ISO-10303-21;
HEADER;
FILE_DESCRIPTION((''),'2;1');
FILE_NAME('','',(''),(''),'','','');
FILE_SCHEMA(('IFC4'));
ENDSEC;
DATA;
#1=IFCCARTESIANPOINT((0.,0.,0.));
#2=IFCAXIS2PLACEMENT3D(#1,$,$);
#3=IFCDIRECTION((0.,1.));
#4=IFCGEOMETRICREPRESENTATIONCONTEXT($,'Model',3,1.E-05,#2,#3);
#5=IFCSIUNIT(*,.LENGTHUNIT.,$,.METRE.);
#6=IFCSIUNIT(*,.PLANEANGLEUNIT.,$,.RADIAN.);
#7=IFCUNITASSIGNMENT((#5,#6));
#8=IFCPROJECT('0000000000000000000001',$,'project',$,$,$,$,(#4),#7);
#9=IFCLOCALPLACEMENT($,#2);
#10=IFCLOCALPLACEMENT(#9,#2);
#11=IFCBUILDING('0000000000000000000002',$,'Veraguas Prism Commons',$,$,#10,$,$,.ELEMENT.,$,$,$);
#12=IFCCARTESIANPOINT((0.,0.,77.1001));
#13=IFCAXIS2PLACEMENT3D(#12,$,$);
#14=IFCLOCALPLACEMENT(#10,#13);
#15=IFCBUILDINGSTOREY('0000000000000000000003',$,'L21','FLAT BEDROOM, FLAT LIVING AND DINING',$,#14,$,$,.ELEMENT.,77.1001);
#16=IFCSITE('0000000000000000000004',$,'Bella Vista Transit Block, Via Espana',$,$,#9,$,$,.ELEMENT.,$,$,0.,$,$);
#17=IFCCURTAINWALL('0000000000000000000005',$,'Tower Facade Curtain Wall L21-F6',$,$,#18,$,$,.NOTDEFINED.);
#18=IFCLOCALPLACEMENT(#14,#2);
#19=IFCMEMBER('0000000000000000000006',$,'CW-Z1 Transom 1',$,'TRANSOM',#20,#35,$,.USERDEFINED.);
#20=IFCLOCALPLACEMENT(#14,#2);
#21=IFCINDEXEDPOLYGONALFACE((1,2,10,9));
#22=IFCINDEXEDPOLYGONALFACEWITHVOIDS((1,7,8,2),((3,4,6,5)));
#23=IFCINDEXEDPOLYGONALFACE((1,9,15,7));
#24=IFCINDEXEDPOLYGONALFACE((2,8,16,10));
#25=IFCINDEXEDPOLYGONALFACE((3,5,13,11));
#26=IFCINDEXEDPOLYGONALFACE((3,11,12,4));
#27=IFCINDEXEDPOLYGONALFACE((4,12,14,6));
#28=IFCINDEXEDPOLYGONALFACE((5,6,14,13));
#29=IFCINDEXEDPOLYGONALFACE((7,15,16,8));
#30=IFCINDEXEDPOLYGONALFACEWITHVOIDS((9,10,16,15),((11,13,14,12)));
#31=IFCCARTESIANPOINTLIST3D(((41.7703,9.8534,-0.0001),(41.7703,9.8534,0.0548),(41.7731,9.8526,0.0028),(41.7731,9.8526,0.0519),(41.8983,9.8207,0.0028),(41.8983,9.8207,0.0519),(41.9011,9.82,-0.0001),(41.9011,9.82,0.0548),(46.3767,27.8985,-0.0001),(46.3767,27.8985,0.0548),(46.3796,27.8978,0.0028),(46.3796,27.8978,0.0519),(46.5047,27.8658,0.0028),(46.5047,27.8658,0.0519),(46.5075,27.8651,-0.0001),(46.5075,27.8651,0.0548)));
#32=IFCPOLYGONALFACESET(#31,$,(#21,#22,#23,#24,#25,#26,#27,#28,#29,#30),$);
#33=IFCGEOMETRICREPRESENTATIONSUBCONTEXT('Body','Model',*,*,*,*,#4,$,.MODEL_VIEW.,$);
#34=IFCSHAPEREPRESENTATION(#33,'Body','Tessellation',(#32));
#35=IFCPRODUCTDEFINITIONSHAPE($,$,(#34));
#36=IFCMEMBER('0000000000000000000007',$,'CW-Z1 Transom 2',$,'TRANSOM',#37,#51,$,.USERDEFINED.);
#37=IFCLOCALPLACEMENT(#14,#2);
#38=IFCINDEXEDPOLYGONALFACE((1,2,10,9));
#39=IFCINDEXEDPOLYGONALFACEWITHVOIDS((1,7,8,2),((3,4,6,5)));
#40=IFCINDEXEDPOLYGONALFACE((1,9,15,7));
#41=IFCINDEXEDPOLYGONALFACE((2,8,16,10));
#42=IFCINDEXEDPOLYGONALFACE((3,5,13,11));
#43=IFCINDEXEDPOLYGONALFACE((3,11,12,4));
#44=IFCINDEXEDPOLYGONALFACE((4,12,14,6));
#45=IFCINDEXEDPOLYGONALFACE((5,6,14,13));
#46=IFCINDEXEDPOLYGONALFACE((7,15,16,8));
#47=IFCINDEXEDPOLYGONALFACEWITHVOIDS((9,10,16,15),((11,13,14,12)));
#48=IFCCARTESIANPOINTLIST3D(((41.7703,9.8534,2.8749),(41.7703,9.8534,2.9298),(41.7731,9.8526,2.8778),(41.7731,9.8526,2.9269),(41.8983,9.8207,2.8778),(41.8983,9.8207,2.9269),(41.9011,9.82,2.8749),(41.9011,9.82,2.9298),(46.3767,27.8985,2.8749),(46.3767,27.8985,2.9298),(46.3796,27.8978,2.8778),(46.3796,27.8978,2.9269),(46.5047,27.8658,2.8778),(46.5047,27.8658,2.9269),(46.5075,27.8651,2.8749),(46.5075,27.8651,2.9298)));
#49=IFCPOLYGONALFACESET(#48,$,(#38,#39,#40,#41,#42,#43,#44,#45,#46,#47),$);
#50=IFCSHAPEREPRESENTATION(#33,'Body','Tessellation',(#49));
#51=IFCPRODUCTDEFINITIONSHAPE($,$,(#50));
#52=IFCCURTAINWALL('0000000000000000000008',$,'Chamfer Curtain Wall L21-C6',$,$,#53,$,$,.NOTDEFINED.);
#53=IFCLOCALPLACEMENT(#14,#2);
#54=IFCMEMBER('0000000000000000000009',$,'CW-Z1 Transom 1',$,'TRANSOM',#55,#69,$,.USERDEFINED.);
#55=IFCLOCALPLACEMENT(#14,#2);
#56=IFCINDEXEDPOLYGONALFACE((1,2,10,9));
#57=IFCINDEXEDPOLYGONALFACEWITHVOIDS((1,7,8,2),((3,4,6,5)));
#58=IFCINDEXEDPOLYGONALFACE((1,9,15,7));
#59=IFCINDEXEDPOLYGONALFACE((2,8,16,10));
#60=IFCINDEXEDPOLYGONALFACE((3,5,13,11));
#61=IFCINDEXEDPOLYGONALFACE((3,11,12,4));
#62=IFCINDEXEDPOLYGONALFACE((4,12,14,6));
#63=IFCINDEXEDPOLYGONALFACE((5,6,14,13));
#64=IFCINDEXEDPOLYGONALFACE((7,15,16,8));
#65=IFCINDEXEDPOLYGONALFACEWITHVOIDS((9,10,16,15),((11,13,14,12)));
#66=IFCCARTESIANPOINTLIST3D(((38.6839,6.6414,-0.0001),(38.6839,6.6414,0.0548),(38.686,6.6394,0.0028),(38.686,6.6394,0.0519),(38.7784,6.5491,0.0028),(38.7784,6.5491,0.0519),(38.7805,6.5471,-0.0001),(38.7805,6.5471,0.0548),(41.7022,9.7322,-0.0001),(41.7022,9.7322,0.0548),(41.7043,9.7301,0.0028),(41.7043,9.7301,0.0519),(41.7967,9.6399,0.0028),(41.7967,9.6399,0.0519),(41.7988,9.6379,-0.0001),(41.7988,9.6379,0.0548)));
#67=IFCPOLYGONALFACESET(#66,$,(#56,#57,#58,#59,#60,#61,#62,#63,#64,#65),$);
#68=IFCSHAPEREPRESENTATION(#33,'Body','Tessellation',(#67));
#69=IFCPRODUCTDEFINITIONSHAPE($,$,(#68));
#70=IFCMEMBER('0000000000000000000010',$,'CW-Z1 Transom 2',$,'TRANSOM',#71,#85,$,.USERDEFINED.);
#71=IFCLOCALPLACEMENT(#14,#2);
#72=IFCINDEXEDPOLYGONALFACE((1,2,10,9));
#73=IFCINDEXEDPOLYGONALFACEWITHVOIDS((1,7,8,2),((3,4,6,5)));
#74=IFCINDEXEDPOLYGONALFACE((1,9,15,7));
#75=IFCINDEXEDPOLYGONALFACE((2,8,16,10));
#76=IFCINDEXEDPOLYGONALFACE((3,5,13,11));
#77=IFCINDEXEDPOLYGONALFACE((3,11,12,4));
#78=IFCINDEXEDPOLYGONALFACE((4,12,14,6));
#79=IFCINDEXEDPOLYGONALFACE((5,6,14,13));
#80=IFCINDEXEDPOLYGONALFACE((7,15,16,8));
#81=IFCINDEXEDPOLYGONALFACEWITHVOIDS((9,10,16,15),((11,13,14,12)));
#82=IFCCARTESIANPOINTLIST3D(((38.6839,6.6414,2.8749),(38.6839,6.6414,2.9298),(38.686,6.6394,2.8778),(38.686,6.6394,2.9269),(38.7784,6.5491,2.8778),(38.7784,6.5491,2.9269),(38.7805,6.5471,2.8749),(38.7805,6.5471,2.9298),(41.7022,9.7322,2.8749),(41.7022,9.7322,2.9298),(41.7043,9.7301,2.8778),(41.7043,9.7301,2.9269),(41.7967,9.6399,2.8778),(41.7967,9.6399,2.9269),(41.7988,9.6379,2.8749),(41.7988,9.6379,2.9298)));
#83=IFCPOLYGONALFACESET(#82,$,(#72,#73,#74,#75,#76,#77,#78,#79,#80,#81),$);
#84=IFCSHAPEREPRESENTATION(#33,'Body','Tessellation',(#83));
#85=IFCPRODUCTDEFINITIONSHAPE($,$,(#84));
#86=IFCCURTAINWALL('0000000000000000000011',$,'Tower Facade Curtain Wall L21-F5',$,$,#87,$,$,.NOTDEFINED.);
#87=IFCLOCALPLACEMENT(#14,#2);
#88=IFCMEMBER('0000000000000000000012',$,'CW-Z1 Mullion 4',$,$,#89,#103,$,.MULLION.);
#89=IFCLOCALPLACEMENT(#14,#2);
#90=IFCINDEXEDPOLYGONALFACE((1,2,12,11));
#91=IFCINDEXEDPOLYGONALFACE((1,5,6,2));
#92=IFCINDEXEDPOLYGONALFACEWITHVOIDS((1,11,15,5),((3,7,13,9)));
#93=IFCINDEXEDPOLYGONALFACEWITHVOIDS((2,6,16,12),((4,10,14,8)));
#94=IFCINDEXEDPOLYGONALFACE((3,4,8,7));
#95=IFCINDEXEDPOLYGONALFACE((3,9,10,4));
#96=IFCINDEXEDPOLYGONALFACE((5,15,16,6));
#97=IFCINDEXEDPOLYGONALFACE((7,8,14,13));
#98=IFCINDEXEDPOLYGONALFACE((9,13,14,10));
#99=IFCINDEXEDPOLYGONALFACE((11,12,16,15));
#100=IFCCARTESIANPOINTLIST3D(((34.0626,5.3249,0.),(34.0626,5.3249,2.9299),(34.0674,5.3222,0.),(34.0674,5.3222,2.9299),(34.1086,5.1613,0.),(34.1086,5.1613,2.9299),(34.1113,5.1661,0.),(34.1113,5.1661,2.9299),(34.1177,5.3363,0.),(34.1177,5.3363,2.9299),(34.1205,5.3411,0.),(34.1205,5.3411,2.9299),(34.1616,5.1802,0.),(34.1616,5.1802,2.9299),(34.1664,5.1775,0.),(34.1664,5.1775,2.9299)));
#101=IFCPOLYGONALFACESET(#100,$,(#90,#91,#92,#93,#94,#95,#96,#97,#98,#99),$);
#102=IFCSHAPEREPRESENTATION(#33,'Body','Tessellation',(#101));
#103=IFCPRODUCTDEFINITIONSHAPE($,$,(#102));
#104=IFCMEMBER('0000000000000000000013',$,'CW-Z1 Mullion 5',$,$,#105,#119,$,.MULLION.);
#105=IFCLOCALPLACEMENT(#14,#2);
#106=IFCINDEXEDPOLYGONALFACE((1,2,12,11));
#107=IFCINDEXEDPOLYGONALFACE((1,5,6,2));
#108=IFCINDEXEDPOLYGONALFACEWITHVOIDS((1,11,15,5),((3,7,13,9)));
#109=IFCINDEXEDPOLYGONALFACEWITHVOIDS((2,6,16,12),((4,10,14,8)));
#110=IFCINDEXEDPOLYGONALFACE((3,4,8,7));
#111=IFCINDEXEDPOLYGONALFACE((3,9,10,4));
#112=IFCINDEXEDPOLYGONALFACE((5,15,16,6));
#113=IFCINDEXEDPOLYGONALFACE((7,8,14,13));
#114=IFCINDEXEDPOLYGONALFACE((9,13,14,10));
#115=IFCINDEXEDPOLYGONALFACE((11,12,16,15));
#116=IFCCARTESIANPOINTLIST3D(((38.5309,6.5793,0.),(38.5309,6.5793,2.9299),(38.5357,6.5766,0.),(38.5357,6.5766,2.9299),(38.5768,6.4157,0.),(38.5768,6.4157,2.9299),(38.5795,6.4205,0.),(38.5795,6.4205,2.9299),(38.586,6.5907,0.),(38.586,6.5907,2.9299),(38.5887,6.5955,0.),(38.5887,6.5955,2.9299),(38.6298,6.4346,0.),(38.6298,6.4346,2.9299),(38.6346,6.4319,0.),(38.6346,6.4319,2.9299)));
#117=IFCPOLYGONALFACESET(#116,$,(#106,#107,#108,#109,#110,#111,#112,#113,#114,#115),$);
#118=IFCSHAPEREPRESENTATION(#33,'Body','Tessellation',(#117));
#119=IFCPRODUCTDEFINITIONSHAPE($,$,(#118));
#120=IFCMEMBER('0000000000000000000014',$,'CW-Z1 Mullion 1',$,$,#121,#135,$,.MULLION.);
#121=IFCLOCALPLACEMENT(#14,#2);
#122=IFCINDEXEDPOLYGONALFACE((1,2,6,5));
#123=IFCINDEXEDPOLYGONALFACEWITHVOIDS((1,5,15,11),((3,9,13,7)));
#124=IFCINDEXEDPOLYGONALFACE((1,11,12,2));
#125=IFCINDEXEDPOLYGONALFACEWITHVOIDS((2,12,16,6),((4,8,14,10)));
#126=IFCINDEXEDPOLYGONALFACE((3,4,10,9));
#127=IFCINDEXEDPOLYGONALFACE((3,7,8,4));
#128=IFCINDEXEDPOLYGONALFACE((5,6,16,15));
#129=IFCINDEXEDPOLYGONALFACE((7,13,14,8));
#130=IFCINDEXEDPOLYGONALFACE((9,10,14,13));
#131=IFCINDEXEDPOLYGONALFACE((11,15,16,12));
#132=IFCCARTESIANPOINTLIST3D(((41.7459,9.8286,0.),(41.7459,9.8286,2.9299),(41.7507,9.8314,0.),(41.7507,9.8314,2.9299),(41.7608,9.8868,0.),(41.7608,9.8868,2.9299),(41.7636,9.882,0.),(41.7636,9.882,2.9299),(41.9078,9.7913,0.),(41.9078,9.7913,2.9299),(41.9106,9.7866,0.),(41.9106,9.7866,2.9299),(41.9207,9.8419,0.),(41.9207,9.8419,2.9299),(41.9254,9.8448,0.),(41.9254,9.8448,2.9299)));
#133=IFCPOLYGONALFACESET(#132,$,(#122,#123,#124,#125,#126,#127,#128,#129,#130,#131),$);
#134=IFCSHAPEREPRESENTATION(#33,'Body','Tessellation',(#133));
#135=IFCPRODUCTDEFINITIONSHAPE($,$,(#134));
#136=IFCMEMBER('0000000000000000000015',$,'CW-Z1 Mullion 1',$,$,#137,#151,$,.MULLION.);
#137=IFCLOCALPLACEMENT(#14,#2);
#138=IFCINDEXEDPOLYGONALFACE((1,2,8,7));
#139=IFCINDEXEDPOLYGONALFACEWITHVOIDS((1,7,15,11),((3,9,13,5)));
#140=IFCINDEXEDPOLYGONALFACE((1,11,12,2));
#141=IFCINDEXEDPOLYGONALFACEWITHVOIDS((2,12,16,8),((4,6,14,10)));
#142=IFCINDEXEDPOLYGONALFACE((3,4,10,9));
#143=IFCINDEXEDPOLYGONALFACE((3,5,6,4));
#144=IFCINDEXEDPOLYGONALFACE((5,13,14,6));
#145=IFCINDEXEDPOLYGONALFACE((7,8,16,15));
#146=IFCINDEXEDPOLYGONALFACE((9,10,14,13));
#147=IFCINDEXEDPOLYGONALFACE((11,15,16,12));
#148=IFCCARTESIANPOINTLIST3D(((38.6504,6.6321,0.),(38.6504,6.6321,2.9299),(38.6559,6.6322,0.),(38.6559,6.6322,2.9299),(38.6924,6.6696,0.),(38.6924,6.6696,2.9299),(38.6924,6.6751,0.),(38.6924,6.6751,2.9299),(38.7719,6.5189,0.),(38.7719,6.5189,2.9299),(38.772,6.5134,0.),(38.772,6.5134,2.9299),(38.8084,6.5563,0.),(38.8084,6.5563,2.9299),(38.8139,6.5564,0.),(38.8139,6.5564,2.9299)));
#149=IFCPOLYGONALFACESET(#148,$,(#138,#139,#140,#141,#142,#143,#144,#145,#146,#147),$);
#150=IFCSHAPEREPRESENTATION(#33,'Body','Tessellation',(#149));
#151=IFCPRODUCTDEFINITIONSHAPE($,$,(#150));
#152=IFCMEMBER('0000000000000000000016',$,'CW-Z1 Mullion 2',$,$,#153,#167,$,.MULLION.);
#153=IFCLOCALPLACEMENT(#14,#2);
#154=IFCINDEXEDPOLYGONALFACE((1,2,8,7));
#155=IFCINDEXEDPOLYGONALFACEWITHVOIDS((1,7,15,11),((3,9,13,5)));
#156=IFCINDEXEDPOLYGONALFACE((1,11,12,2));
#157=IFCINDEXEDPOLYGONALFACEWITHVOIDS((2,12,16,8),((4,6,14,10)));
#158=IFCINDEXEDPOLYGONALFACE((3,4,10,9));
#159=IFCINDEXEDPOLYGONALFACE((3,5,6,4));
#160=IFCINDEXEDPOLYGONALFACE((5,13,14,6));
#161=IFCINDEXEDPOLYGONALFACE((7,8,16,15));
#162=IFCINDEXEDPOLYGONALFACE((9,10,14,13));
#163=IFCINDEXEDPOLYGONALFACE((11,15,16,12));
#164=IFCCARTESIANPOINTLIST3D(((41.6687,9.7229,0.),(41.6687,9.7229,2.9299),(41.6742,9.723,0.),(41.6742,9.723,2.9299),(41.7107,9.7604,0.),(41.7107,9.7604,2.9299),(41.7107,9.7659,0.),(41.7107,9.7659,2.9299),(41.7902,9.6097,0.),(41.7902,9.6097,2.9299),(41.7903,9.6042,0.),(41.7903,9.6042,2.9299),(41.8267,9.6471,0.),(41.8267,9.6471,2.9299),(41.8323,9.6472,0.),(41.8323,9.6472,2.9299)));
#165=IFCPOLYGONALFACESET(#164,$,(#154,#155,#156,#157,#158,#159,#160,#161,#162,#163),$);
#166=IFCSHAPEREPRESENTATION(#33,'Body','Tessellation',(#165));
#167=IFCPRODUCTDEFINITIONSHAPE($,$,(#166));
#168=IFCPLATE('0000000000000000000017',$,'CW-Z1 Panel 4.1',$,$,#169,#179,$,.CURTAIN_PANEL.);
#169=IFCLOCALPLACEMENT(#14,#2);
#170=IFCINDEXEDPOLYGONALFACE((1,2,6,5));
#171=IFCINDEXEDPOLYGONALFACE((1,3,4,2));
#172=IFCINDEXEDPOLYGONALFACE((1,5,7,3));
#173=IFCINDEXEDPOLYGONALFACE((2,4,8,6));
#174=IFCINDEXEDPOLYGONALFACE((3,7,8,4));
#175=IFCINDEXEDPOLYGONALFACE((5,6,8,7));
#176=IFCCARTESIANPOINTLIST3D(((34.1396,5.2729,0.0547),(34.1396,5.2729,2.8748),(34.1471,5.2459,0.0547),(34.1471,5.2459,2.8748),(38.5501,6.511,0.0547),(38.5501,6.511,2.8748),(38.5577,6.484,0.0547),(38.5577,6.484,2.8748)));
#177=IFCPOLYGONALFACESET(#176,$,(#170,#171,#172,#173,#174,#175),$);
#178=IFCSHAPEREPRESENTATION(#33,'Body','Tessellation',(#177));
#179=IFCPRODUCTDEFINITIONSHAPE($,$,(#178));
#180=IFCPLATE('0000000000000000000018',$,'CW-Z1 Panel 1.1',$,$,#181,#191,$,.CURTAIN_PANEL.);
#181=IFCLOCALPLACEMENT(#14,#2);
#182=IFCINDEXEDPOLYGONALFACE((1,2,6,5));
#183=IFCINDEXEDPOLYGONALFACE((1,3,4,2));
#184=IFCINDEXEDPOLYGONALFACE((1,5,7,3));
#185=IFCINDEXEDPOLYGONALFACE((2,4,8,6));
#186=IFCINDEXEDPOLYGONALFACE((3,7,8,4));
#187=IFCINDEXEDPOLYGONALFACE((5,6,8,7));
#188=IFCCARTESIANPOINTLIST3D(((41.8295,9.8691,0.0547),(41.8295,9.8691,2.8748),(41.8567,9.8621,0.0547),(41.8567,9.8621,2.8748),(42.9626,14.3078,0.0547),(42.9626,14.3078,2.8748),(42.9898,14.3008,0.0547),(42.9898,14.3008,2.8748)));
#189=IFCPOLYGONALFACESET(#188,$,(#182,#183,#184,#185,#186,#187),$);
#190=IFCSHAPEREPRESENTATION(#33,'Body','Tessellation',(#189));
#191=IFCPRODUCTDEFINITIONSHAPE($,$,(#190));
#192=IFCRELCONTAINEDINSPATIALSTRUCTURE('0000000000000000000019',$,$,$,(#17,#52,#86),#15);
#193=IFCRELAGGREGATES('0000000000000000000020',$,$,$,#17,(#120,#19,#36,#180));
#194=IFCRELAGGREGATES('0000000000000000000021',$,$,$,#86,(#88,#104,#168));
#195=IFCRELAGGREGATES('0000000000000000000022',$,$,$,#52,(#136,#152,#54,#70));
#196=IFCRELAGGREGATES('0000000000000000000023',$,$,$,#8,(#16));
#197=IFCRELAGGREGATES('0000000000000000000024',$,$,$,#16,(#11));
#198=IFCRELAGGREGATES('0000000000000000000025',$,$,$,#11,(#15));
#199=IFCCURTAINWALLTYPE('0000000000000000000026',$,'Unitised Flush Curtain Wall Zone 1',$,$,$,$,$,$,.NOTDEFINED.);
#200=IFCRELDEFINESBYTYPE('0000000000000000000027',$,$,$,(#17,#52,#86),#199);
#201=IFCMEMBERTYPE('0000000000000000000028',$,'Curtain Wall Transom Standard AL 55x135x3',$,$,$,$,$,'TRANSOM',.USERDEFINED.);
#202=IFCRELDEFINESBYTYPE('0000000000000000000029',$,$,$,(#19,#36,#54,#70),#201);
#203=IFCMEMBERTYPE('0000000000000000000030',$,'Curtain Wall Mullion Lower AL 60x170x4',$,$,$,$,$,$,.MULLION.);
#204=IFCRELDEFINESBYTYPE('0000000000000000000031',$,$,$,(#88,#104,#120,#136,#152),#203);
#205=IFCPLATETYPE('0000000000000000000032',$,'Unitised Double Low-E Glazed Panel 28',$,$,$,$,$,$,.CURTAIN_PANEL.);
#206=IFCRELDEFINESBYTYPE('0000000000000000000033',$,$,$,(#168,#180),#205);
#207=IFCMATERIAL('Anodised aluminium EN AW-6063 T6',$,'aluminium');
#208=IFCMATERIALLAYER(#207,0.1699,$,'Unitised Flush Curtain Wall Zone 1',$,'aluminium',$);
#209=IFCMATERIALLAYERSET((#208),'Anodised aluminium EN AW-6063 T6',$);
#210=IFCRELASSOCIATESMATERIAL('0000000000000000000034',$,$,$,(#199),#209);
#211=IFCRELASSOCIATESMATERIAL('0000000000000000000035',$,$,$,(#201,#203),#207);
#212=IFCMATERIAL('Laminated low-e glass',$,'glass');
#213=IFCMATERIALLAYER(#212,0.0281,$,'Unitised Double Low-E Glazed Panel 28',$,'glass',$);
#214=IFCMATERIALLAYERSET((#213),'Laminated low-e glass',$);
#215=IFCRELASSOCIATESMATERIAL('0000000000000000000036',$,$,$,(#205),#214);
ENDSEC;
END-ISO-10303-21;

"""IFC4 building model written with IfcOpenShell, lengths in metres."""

from ifc_helpers import new_model, si_unit, direction, frame, origin, origin_2d, place, context, subcontext, project, spatial, rectangle, hollow_rectangle, extrude, source, transform, mapped, material, layer, layer_set, material_profile, profile_set, type_object, element, aggregate, save


model = new_model("IFC4")

# Units and contexts
model_context = context("Model", 3, precision=1e-05, world=origin(), true_north=direction((0.0, 1.0)))
body_context = subcontext(model_context, "Body", "Model", "MODEL_VIEW")
ifc_project = project(units=[si_unit("LENGTHUNIT", "METRE"), si_unit("PLANEANGLEUNIT", "RADIAN")], contexts=[model_context])

# Site, building, storey
site_placement = place(None, origin())
site = spatial("IfcSite", under=ifc_project, at=site_placement, Name="Bella Vista Transit Block, Via Espana", CompositionType="ELEMENT", RefElevation=0.0)
building_placement = place(site_placement, origin())
building = spatial("IfcBuilding", under=site, at=building_placement, Name="Veraguas Prism Commons", CompositionType="ELEMENT")
storey_placement = place(building_placement, frame((0.0, 0.0, 77.1001)))
storey = spatial("IfcBuildingStorey", under=building, at=storey_placement, Name="L21", Description="FLAT BEDROOM, FLAT LIVING AND DINING", CompositionType="ELEMENT", Elevation=77.1001)

# Curtain walls, members
ifc_material_1 = material(Name="Anodised aluminium EN AW-6063 T6", Category="aluminium")
ifc_layer_1 = layer(ifc_material_1, 0.1699, Name="Unitised Flush Curtain Wall Zone 1", Category="aluminium")
ifc_layer_set_1 = layer_set([ifc_layer_1], Name="Anodised aluminium EN AW-6063 T6")
curtain_wall_type = type_object("IfcCurtainWallType", Name="Unitised Flush Curtain Wall Zone 1", PredefinedType="NOTDEFINED", material=ifc_layer_set_1)
curtain_wall_1_placement = place(storey_placement, origin())
curtain_wall_1 = element("IfcCurtainWall", 1, at=curtain_wall_1_placement, inside=storey, type_object=curtain_wall_type, Name="Tower Facade Curtain Wall L21-F6", PredefinedType="NOTDEFINED")
ifc_material_profile_1 = material_profile(ifc_material_1, hollow_rectangle(XDim=0.0549, YDim=0.135, WallThickness=0.0029, at=origin_2d()), Name="AL55X135X3")
ifc_profile_set_1 = profile_set([ifc_material_profile_1], Name="Anodised aluminium EN AW-6063 T6")
member_type_1 = type_object("IfcMemberType", Name="Curtain Wall Transom Standard AL 55x135x3", ElementType="TRANSOM", PredefinedType="USERDEFINED", material=ifc_profile_set_1)
shared_shape_1 = source(origin(), body_context, "Body", "SweptSolid", [
    extrude(hollow_rectangle(XDim=0.0549, YDim=0.135, WallThickness=0.0029, at=origin_2d()), origin(), (0.0, 0.0, 1.0), 18.6238),
])
member_1_placement = place(storey_placement, frame((41.8357, 9.8367, 0.0273), z_axis=(0.247341, 0.968928, 0.0), x_axis=(0.0, 0.0, 1.0)))
member_1 = element("IfcMember", 2, at=member_1_placement, type_object=member_type_1, Name="CW-Z1 Transom 1", ObjectType="TRANSOM", PredefinedType="USERDEFINED", context=body_context, shape_type="MappedRepresentation", body=[
    mapped(shared_shape_1, transform((0.0, 0.0, 0.0), scale=1.0)),
])
member_2_placement = place(storey_placement, frame((41.8357, 9.8367, 2.9023), z_axis=(0.247341, 0.968928, 0.0), x_axis=(0.0, 0.0, 1.0)))
member_2 = element("IfcMember", 3, at=member_2_placement, type_object=member_type_1, Name="CW-Z1 Transom 2", ObjectType="TRANSOM", PredefinedType="USERDEFINED", context=body_context, shape_type="MappedRepresentation", body=[
    mapped(shared_shape_1, transform((0.0, 0.0, 0.0), scale=1.0)),
])
curtain_wall_2_placement = place(storey_placement, origin())
curtain_wall_2 = element("IfcCurtainWall", 4, at=curtain_wall_2_placement, inside=storey, type_object=curtain_wall_type, Name="Chamfer Curtain Wall L21-C6", PredefinedType="NOTDEFINED")
shared_shape_2 = source(origin(), body_context, "Body", "SweptSolid", [
    extrude(hollow_rectangle(XDim=0.0549, YDim=0.135, WallThickness=0.0029, at=origin_2d()), origin(), (0.0, 0.0, 1.0), 4.3201),
])
member_3_placement = place(storey_placement, frame((38.7322, 6.5942, 0.0273), z_axis=(0.698665, 0.715449, 0.0), x_axis=(0.0, 0.0, 1.0)))
member_3 = element("IfcMember", 5, at=member_3_placement, type_object=member_type_1, Name="CW-Z1 Transom 1", ObjectType="TRANSOM", PredefinedType="USERDEFINED", context=body_context, shape_type="MappedRepresentation", body=[
    mapped(shared_shape_2, transform((0.0, 0.0, 0.0), scale=1.0)),
])
member_4_placement = place(storey_placement, frame((38.7322, 6.5942, 2.9023), z_axis=(0.698665, 0.715449, 0.0), x_axis=(0.0, 0.0, 1.0)))
member_4 = element("IfcMember", 6, at=member_4_placement, type_object=member_type_1, Name="CW-Z1 Transom 2", ObjectType="TRANSOM", PredefinedType="USERDEFINED", context=body_context, shape_type="MappedRepresentation", body=[
    mapped(shared_shape_2, transform((0.0, 0.0, 0.0), scale=1.0)),
])
curtain_wall_3_placement = place(storey_placement, origin())
curtain_wall_3 = element("IfcCurtainWall", 7, at=curtain_wall_3_placement, inside=storey, type_object=curtain_wall_type, Name="Tower Facade Curtain Wall L21-F5", PredefinedType="NOTDEFINED")
ifc_material_profile_2 = material_profile(ifc_material_1, hollow_rectangle(XDim=0.0601, YDim=0.1699, WallThickness=0.0039, at=origin_2d()), Name="AL60X170X4")
ifc_profile_set_2 = profile_set([ifc_material_profile_2], Name="Anodised aluminium EN AW-6063 T6")
member_type_2 = type_object("IfcMemberType", Name="Curtain Wall Mullion Lower AL 60x170x4", PredefinedType="MULLION", material=ifc_profile_set_2)
shared_shape_3 = source(origin(), body_context, "Body", "SweptSolid", [
    extrude(hollow_rectangle(XDim=0.0601, YDim=0.1699, WallThickness=0.0039, at=origin_2d()), origin(), (0.0, 0.0, 1.0), 2.9299),
])
member_5_placement = place(storey_placement, frame((34.1145, 5.2512, 0.0), z_axis=(0.0, 0.0, 1.0), x_axis=(0.962786, 0.270266, 0.0)))
member_5 = element("IfcMember", 8, at=member_5_placement, type_object=member_type_2, Name="CW-Z1 Mullion 4", PredefinedType="MULLION", context=body_context, shape_type="MappedRepresentation", body=[
    mapped(shared_shape_3, transform((0.0, 0.0, 0.0), scale=1.0)),
])
member_6_placement = place(storey_placement, frame((38.5828, 6.5056, 0.0), z_axis=(0.0, 0.0, 1.0), x_axis=(0.962786, 0.270266, 0.0)))
member_6 = element("IfcMember", 9, at=member_6_placement, type_object=member_type_2, Name="CW-Z1 Mullion 5", PredefinedType="MULLION", context=body_context, shape_type="MappedRepresentation", body=[
    mapped(shared_shape_3, transform((0.0, 0.0, 0.0), scale=1.0)),
])

# Members
member_7_placement = place(storey_placement, frame((41.8357, 9.8367, 0.0), z_axis=(0.0, 0.0, 1.0), x_axis=(0.247341, 0.968929, 0.0)))
member_7 = element("IfcMember", 10, at=member_7_placement, type_object=member_type_2, Name="CW-Z1 Mullion 1", PredefinedType="MULLION", context=body_context, shape_type="MappedRepresentation", body=[
    mapped(shared_shape_3, transform((0.0, 0.0, 0.0), scale=1.0)),
])
member_8_placement = place(storey_placement, frame((38.7322, 6.5942, 0.0), z_axis=(0.0, 0.0, 1.0), x_axis=(0.698666, 0.715448, 0.0)))
member_8 = element("IfcMember", 11, at=member_8_placement, type_object=member_type_2, Name="CW-Z1 Mullion 1", PredefinedType="MULLION", context=body_context, shape_type="MappedRepresentation", body=[
    mapped(shared_shape_3, transform((0.0, 0.0, 0.0), scale=1.0)),
])
member_9_placement = place(storey_placement, frame((41.7505, 9.6851, 0.0), z_axis=(0.0, 0.0, 1.0), x_axis=(0.698666, 0.715448, 0.0)))
member_9 = element("IfcMember", 12, at=member_9_placement, type_object=member_type_2, Name="CW-Z1 Mullion 2", PredefinedType="MULLION", context=body_context, shape_type="MappedRepresentation", body=[
    mapped(shared_shape_3, transform((0.0, 0.0, 0.0), scale=1.0)),
])

# Plates
ifc_material_2 = material(Name="Laminated low-e glass", Category="glass")
ifc_layer_2 = layer(ifc_material_2, 0.0281, Name="Unitised Double Low-E Glazed Panel 28", Category="glass")
ifc_layer_set_2 = layer_set([ifc_layer_2], Name="Laminated low-e glass")
plate_type = type_object("IfcPlateType", Name="Unitised Double Low-E Glazed Panel 28", PredefinedType="CURTAIN_PANEL", material=ifc_layer_set_2)
shared_shape_4 = source(origin(), body_context, "Body", "SweptSolid", [
    extrude(rectangle(XDim=4.5811, YDim=0.0281, at=origin_2d()), origin(), (0.0, 0.0, 1.0), 2.8201),
])
plate_1_placement = place(storey_placement, frame((36.3486, 5.8784, 0.0547), z_axis=(0.0, 0.0, 1.0), x_axis=(0.962786, 0.270266, 0.0)))
plate_1 = element("IfcPlate", 13, at=plate_1_placement, type_object=plate_type, Name="CW-Z1 Panel 4.1", PredefinedType="CURTAIN_PANEL", context=body_context, shape_type="MappedRepresentation", body=[
    mapped(shared_shape_4, transform((0.0, 0.0, 0.0), scale=1.0)),
])
plate_2_placement = place(storey_placement, frame((42.4097, 12.085, 0.0547), z_axis=(0.0, 0.0, 1.0), x_axis=(0.247341, 0.968929, 0.0)))
plate_2 = element("IfcPlate", 14, at=plate_2_placement, type_object=plate_type, Name="CW-Z1 Panel 1.1", PredefinedType="CURTAIN_PANEL", context=body_context, shape_type="MappedRepresentation", body=[
    mapped(shared_shape_4, transform((0.0, 0.0, 0.0), scale=1.0)),
])
aggregate(curtain_wall_1, [member_7, member_1, member_2, plate_2])
aggregate(curtain_wall_3, [member_5, member_6, plate_1])
aggregate(curtain_wall_2, [member_8, member_9, member_3, member_4])

save(model, "model.ifc")
